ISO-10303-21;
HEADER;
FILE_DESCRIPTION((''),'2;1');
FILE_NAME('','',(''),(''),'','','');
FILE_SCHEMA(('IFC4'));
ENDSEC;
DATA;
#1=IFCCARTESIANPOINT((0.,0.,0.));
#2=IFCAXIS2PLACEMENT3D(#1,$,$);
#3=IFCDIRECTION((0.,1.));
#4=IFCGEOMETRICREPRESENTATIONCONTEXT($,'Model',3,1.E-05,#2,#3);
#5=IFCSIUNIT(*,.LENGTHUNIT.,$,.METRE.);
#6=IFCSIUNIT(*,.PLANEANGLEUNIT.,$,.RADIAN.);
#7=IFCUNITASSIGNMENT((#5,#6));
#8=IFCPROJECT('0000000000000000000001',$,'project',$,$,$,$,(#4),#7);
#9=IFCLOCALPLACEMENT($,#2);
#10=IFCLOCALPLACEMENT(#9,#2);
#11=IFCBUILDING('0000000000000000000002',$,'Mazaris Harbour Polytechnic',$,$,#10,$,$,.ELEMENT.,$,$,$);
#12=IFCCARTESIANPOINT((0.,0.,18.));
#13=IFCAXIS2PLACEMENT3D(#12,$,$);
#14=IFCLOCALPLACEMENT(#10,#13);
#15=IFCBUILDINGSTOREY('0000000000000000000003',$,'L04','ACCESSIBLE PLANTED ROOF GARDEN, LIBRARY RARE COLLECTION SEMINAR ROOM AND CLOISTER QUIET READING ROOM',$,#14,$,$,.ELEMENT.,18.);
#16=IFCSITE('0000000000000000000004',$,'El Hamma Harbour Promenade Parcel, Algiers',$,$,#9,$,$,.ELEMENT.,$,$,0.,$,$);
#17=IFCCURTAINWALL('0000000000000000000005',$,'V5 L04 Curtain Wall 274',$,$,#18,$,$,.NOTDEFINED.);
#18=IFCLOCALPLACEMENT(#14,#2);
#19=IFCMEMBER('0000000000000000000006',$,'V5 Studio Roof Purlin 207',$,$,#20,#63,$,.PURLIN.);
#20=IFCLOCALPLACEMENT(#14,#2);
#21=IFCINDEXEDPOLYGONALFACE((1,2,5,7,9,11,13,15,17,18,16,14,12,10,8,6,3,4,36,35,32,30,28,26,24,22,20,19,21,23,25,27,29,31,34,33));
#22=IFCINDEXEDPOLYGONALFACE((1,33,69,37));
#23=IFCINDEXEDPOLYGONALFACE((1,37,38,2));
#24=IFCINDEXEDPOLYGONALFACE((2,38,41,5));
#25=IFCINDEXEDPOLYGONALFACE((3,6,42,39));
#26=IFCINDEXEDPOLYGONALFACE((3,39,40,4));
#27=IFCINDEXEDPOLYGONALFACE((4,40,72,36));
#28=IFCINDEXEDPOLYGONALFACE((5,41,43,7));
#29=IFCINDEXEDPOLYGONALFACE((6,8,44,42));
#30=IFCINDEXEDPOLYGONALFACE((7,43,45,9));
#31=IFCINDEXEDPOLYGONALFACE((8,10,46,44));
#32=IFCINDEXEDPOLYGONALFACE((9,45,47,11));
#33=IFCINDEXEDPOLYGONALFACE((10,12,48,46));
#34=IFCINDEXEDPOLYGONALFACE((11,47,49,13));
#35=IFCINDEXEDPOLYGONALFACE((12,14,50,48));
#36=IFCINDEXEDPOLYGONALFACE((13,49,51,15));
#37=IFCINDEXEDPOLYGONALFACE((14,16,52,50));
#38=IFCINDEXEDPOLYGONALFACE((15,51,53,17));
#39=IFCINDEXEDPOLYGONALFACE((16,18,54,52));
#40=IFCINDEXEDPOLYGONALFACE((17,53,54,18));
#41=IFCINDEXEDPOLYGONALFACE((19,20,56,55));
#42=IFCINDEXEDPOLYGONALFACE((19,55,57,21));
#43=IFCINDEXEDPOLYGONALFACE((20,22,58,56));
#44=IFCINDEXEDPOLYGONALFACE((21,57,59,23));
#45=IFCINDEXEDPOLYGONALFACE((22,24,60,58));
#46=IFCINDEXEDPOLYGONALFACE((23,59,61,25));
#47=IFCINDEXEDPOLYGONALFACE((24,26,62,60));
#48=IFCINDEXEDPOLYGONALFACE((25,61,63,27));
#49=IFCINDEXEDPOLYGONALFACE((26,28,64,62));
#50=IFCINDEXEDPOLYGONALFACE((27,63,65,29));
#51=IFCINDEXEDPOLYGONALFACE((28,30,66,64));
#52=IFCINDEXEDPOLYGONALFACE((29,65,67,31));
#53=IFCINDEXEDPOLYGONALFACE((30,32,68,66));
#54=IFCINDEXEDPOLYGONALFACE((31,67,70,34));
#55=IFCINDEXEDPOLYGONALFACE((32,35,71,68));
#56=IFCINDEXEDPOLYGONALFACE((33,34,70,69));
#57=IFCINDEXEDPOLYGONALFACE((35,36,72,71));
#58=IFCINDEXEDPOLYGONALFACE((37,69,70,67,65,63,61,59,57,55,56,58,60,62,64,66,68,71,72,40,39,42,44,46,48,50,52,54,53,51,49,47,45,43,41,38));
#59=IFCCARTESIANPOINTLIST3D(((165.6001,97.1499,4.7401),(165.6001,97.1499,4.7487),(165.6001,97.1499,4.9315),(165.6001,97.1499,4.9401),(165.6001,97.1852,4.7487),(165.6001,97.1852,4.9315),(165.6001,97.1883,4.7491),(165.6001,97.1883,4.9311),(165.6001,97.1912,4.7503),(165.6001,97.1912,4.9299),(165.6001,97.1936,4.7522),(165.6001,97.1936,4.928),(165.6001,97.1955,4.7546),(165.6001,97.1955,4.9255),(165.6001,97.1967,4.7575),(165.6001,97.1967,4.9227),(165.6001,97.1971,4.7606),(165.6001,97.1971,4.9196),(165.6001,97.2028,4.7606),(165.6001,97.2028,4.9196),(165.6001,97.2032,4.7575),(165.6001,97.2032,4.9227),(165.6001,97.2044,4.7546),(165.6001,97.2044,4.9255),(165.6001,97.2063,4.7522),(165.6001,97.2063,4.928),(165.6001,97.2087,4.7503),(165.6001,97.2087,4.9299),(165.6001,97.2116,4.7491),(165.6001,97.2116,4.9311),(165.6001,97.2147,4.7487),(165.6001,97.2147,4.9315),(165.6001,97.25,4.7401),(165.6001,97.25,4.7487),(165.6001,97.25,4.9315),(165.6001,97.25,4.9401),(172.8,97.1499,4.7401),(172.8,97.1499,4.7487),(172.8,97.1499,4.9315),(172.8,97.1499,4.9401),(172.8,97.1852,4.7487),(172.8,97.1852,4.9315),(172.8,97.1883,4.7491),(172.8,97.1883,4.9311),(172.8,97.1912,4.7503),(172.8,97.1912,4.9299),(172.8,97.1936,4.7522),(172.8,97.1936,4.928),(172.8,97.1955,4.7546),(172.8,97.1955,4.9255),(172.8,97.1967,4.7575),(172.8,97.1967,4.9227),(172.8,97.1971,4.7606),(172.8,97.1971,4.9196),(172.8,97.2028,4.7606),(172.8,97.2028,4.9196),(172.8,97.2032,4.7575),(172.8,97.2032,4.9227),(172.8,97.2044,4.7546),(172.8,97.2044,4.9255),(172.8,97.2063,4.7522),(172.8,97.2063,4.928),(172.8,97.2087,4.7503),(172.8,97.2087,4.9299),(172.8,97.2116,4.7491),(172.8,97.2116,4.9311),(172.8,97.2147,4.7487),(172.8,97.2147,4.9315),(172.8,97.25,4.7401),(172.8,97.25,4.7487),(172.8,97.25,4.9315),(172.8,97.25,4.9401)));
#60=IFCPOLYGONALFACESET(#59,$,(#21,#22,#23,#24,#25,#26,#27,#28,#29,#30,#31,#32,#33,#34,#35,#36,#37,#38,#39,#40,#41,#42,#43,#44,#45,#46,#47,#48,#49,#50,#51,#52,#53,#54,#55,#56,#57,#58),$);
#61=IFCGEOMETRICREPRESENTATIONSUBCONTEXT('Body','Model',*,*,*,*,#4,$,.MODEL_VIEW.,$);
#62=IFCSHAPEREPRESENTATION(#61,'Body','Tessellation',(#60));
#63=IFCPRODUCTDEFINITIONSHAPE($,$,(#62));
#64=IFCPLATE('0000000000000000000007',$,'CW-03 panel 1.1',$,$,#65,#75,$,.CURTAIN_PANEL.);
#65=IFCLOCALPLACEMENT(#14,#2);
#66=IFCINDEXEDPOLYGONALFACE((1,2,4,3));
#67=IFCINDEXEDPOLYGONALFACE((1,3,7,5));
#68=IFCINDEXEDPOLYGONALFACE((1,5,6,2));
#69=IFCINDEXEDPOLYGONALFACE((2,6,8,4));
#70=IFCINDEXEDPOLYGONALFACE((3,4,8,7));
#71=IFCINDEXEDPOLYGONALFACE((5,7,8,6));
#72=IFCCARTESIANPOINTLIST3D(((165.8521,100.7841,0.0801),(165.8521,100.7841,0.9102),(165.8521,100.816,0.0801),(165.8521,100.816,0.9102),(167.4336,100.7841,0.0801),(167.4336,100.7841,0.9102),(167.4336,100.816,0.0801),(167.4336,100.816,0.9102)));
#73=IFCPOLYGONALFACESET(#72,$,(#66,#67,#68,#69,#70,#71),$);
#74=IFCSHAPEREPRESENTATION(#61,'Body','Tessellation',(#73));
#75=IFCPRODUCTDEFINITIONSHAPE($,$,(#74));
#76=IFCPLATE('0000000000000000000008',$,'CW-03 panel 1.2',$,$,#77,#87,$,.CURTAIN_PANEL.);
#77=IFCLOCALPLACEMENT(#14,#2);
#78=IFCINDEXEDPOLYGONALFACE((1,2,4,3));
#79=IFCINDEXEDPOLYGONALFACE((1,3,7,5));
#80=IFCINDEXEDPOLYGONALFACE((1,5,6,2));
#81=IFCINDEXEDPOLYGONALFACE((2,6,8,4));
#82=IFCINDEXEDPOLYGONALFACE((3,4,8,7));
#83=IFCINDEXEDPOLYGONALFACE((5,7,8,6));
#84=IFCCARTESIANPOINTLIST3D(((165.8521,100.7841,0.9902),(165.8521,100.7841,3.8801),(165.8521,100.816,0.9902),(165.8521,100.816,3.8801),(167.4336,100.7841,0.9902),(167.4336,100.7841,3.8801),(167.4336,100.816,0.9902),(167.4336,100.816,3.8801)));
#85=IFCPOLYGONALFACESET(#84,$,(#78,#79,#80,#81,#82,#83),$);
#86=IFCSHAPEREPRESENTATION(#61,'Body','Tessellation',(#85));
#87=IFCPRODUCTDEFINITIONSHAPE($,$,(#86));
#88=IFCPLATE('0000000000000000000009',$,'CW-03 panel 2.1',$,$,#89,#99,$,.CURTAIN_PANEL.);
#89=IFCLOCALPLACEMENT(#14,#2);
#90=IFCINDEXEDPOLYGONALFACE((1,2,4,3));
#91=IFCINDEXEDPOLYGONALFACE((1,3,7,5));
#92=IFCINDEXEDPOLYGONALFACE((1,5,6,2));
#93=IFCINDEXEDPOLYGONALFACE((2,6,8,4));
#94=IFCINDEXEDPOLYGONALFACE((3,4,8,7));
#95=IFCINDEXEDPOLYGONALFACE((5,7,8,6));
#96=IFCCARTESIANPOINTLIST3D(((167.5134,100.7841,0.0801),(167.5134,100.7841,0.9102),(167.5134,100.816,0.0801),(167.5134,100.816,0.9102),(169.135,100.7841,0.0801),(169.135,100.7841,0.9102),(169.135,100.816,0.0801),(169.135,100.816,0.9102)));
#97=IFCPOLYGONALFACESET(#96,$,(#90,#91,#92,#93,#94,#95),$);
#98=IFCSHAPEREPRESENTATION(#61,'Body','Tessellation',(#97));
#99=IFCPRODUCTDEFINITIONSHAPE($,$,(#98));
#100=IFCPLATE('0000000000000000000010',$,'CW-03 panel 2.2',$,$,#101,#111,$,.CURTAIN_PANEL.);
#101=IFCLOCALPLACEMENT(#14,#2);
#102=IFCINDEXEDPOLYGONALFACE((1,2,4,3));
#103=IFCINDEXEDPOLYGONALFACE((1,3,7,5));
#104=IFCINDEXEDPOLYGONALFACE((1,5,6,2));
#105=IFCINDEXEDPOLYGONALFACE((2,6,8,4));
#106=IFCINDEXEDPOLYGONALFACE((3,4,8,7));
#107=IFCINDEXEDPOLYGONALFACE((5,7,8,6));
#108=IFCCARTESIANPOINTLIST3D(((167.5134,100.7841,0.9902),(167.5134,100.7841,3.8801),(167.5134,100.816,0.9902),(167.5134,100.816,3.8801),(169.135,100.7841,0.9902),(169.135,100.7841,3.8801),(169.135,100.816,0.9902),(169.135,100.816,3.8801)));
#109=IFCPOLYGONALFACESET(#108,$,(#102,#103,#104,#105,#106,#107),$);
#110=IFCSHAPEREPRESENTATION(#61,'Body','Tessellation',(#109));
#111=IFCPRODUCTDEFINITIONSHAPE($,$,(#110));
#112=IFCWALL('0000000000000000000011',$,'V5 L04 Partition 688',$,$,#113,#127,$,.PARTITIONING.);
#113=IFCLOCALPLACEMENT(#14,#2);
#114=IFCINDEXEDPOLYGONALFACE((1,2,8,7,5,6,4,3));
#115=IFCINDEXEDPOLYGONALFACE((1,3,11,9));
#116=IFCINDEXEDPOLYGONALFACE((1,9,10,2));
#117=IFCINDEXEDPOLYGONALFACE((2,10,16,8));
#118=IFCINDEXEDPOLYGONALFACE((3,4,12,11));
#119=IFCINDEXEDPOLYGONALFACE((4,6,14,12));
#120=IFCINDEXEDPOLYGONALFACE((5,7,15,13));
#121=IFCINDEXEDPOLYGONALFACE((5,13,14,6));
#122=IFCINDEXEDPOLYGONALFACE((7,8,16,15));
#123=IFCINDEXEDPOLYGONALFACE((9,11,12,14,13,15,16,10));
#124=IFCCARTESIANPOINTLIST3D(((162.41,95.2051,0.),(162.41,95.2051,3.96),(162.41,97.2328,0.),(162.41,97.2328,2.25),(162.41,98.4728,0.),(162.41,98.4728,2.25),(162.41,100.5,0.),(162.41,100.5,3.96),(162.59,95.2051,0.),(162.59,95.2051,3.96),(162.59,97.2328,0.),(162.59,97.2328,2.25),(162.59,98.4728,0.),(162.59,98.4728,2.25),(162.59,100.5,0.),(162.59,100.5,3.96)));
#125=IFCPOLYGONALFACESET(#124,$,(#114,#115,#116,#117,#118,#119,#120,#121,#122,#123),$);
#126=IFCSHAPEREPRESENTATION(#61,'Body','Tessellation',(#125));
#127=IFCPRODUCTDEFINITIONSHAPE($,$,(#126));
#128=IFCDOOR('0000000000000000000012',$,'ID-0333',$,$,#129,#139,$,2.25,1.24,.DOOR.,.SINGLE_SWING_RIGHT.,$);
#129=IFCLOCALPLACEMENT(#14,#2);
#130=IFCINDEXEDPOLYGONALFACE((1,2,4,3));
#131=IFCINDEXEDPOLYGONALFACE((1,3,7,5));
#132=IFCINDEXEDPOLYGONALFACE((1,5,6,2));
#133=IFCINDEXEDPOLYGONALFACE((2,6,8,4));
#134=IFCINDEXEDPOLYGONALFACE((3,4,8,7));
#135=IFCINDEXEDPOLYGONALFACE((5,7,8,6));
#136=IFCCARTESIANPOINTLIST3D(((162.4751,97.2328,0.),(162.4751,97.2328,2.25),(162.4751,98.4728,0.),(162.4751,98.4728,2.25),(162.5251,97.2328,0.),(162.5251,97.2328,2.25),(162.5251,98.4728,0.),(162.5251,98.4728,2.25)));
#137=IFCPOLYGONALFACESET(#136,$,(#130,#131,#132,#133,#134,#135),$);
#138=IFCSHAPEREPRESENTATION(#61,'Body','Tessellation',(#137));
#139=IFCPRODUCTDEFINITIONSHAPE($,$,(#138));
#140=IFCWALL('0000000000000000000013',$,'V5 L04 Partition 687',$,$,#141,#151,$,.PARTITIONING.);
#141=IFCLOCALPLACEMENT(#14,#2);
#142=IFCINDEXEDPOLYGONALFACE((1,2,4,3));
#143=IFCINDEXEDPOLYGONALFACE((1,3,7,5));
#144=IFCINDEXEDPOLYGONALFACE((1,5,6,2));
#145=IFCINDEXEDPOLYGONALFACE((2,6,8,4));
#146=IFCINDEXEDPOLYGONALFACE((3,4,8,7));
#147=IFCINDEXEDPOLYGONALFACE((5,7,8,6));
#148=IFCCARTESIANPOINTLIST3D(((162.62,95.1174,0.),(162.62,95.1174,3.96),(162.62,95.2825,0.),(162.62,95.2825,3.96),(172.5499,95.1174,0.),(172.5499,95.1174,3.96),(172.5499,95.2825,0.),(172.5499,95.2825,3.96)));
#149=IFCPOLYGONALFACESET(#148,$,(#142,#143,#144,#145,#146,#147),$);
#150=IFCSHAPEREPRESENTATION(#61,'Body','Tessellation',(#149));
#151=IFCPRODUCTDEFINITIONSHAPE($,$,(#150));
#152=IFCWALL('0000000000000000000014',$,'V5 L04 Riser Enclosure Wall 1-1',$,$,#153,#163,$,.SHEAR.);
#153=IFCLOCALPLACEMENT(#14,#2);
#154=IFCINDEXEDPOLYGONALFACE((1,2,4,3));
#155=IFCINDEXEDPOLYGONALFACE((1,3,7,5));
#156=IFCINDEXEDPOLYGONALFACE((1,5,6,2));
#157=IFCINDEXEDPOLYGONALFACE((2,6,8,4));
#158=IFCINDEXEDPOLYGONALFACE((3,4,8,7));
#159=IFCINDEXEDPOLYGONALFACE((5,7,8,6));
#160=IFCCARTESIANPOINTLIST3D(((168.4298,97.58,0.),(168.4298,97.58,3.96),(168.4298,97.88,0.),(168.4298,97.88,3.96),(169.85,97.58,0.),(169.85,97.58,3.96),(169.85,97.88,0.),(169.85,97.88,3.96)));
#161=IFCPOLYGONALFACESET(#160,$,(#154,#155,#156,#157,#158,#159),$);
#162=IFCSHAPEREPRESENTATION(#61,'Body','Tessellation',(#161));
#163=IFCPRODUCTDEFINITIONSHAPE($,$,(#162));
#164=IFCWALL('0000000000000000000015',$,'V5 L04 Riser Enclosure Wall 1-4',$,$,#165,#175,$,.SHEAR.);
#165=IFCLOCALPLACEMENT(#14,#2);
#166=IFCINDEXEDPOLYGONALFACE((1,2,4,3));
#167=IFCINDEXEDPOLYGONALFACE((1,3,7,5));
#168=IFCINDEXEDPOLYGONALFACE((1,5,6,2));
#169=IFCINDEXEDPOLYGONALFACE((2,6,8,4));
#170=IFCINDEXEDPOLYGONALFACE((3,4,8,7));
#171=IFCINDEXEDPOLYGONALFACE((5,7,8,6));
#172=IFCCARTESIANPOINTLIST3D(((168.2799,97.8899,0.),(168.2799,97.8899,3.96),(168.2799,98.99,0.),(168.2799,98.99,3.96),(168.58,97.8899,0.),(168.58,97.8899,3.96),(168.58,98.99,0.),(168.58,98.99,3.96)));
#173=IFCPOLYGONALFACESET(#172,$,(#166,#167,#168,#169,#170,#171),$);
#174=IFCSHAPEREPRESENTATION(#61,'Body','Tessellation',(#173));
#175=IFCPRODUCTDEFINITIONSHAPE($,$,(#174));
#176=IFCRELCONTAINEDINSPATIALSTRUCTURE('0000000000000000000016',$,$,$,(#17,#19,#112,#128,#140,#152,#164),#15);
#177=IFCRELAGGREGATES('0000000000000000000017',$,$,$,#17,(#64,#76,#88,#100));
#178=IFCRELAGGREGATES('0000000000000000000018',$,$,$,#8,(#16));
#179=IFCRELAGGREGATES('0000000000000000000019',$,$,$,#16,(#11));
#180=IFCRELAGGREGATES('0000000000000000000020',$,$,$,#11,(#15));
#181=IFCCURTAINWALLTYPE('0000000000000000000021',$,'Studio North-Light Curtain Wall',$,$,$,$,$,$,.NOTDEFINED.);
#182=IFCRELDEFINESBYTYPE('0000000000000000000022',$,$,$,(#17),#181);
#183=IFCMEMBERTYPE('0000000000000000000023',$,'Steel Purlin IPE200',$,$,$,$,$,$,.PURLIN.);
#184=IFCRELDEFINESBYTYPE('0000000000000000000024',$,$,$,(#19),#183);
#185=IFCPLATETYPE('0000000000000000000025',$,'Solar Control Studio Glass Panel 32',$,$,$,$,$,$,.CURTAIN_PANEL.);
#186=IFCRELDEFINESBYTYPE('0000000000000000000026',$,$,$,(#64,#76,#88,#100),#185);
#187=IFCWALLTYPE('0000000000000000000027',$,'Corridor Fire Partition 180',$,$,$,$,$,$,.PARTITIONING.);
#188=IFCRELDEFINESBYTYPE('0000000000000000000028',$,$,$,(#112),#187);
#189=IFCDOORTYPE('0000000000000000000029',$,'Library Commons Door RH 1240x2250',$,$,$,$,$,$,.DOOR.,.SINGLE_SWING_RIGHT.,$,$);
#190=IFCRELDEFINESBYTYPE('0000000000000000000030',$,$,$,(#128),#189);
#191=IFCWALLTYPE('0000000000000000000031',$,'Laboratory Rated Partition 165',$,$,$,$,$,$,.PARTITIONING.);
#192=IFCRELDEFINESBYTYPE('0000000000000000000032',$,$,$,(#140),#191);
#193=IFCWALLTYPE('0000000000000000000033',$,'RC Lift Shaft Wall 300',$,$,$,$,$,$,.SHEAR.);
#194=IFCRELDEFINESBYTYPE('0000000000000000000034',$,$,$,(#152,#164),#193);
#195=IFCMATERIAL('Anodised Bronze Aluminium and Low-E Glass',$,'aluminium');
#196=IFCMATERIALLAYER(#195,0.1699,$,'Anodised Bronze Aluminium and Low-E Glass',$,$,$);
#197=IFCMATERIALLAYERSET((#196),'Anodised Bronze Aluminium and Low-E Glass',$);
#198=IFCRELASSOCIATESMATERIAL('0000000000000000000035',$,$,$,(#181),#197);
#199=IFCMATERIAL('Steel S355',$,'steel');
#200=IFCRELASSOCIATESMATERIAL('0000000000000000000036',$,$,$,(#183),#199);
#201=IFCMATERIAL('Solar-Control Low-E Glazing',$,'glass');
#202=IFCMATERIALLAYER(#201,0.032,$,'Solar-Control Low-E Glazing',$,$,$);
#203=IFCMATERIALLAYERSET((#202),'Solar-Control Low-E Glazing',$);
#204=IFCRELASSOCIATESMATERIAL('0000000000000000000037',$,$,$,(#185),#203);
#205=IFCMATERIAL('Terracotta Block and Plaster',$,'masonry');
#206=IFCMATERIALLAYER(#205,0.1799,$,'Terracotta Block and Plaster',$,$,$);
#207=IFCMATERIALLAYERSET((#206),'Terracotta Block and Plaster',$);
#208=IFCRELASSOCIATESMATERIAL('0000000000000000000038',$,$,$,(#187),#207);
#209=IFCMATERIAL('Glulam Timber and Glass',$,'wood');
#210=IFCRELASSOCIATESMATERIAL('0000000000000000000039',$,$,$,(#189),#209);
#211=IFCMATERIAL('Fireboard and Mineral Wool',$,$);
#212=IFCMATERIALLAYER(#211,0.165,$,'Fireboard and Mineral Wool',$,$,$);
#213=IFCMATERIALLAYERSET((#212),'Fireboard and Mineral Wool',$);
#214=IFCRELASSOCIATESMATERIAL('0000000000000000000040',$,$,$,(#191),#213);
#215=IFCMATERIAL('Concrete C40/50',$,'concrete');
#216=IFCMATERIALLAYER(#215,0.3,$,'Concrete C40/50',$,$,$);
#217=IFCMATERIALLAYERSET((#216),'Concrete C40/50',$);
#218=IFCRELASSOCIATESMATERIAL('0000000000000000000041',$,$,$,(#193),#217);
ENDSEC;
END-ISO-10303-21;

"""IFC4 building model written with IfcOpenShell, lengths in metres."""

from ifc_helpers import new_model, si_unit, direction, frame, frame_2d, origin, origin_2d, place, context, subcontext, project, spatial, rectangle, i_section, extrude, material, layer, layer_set, material_profile, profile_set, type_object, element, fill, aggregate, save


model = new_model("IFC4")

# Units and contexts
model_context = context("Model", 3, precision=1e-05, world=origin(), true_north=direction((0.0, 1.0)))
body_context = subcontext(model_context, "Body", "Model", "MODEL_VIEW")
ifc_project = project(units=[si_unit("LENGTHUNIT", "METRE"), si_unit("PLANEANGLEUNIT", "RADIAN")], contexts=[model_context])

# Site, building, storey
site_placement = place(None, origin())
site = spatial("IfcSite", under=ifc_project, at=site_placement, Name="El Hamma Harbour Promenade Parcel, Algiers", CompositionType="ELEMENT", RefElevation=0.0)
building_placement = place(site_placement, origin())
building = spatial("IfcBuilding", under=site, at=building_placement, Name="Mazaris Harbour Polytechnic", CompositionType="ELEMENT")
storey_placement = place(building_placement, frame((0.0, 0.0, 18.0)))
storey = spatial("IfcBuildingStorey", under=building, at=storey_placement, Name="L04", Description="ACCESSIBLE PLANTED ROOF GARDEN, LIBRARY RARE COLLECTION SEMINAR ROOM AND CLOISTER QUIET READING ROOM", CompositionType="ELEMENT", Elevation=18.0)

# Curtain wall
ifc_material_1 = material(Name="Anodised Bronze Aluminium and Low-E Glass", Category="aluminium")
ifc_layer_1 = layer(ifc_material_1, 0.1699, Name="Anodised Bronze Aluminium and Low-E Glass")
ifc_layer_set_1 = layer_set([ifc_layer_1], Name="Anodised Bronze Aluminium and Low-E Glass")
curtain_wall_type = type_object("IfcCurtainWallType", Name="Studio North-Light Curtain Wall", PredefinedType="NOTDEFINED", material=ifc_layer_set_1)
curtain_wall_placement = place(storey_placement, origin())
curtain_wall = element("IfcCurtainWall", 1, at=curtain_wall_placement, inside=storey, type_object=curtain_wall_type, Name="V5 L04 Curtain Wall 274", PredefinedType="NOTDEFINED")

# Member
ifc_material_2 = material(Name="Steel S355", Category="steel")
ifc_material_profile_1 = material_profile(ifc_material_2, i_section(OverallWidth=0.1001, OverallDepth=0.2, WebThickness=0.0056, FlangeThickness=0.0085, FilletRadius=0.012, at=origin_2d()), Name="IPE 200")
ifc_profile_set_1 = profile_set([ifc_material_profile_1], Name="Steel S355")
member_type_1 = type_object("IfcMemberType", Name="Steel Purlin IPE200", PredefinedType="PURLIN", material=ifc_profile_set_1)
member_1_placement = place(storey_placement, frame((165.6001, 97.2, 4.8401), z_axis=(1.0, 0.0, 0.0), x_axis=(0.0, 1.0, 0.0)))
element("IfcMember", 2, at=member_1_placement, inside=storey, type_object=member_type_1, Name="V5 Studio Roof Purlin 207", PredefinedType="PURLIN", context=body_context, shape_type="SweptSolid", body=[
    extrude(i_section(OverallWidth=0.1001, OverallDepth=0.2, WebThickness=0.0056, FlangeThickness=0.0085, FilletRadius=0.012, at=origin_2d()), origin(), (0.0, 0.0, 1.0), 7.2),
])

# Plates
ifc_material_3 = material(Name="Solar-Control Low-E Glazing", Category="glass")
ifc_layer_2 = layer(ifc_material_3, 0.032, Name="Solar-Control Low-E Glazing")
ifc_layer_set_2 = layer_set([ifc_layer_2], Name="Solar-Control Low-E Glazing")
plate_type = type_object("IfcPlateType", Name="Solar Control Studio Glass Panel 32", PredefinedType="CURTAIN_PANEL", material=ifc_layer_set_2)
plate_1_placement = place(storey_placement, frame((166.6428, 100.8, 0.0801), z_axis=(0.0, 0.0, 1.0), x_axis=(1.0, 0.0, 0.0)))
plate_1 = element("IfcPlate", 3, at=plate_1_placement, type_object=plate_type, Name="CW-03 panel 1.1", PredefinedType="CURTAIN_PANEL", context=body_context, shape_type="SweptSolid", body=[
    extrude(rectangle(XDim=1.5815, YDim=0.032, at=origin_2d()), origin(), (0.0, 0.0, 1.0), 0.8301),
])
plate_2_placement = place(storey_placement, frame((166.6428, 100.8, 0.9902), z_axis=(0.0, 0.0, 1.0), x_axis=(1.0, 0.0, 0.0)))
plate_2 = element("IfcPlate", 4, at=plate_2_placement, type_object=plate_type, Name="CW-03 panel 1.2", PredefinedType="CURTAIN_PANEL", context=body_context, shape_type="SweptSolid", body=[
    extrude(rectangle(XDim=1.5815, YDim=0.032, at=origin_2d()), origin(), (0.0, 0.0, 1.0), 2.8899),
])
plate_3_placement = place(storey_placement, frame((168.3242, 100.8, 0.0801), z_axis=(0.0, 0.0, 1.0), x_axis=(1.0, 0.0, 0.0)))
plate_3 = element("IfcPlate", 5, at=plate_3_placement, type_object=plate_type, Name="CW-03 panel 2.1", PredefinedType="CURTAIN_PANEL", context=body_context, shape_type="SweptSolid", body=[
    extrude(rectangle(XDim=1.6216, YDim=0.032, at=origin_2d()), origin(), (0.0, 0.0, 1.0), 0.8301),
])
plate_4_placement = place(storey_placement, frame((168.3242, 100.8, 0.9902), z_axis=(0.0, 0.0, 1.0), x_axis=(1.0, 0.0, 0.0)))
plate_4 = element("IfcPlate", 6, at=plate_4_placement, type_object=plate_type, Name="CW-03 panel 2.2", PredefinedType="CURTAIN_PANEL", context=body_context, shape_type="SweptSolid", body=[
    extrude(rectangle(XDim=1.6216, YDim=0.032, at=origin_2d()), origin(), (0.0, 0.0, 1.0), 2.8899),
])
aggregate(curtain_wall, [plate_1, plate_2, plate_3, plate_4])

# Wall, opening, door
ifc_material_4 = material(Name="Terracotta Block and Plaster", Category="masonry")
ifc_layer_3 = layer(ifc_material_4, 0.1799, Name="Terracotta Block and Plaster")
ifc_layer_set_3 = layer_set([ifc_layer_3], Name="Terracotta Block and Plaster")
wall_type_1 = type_object("IfcWallType", Name="Corridor Fire Partition 180", PredefinedType="PARTITIONING", material=ifc_layer_set_3)
wall_1_placement = place(storey_placement, frame((162.5, 95.2051, 0.0), z_axis=(0.0, 0.0, 1.0), x_axis=(0.0, 1.0, 0.0)))
wall_1 = element("IfcWall", 7, at=wall_1_placement, inside=storey, type_object=wall_type_1, Name="V5 L04 Partition 688", PredefinedType="PARTITIONING", context=body_context, shape_type="SweptSolid", body=[
    extrude(rectangle(XDim=5.2949, YDim=0.1799, at=frame_2d((2.6475, 0.0))), origin(), (0.0, 0.0, 1.0), 3.96),
])
opening_placement = place(wall_1_placement, frame((2.0276, 0.0, 0.0)))
opening = element("IfcOpeningElement", 8, at=opening_placement, cuts=wall_1, PredefinedType="OPENING", context=body_context, shape_type="SweptSolid", body=[
    extrude(rectangle(XDim=1.24, YDim=2.25, at=frame_2d((0.6201, 1.125))), frame((0.0, 0.0999, 0.0), z_axis=(0.0, -1.0, 0.0), x_axis=(1.0, 0.0, 0.0)), (0.0, 0.0, 1.0), 0.2),
])
ifc_material_5 = material(Name="Glulam Timber and Glass", Category="wood")
door_type = type_object("IfcDoorType", Name="Library Commons Door RH 1240x2250", OperationType="SINGLE_SWING_RIGHT", PredefinedType="DOOR", material=ifc_material_5)
door_placement = place(opening_placement, origin())
door = element("IfcDoor", 9, at=door_placement, inside=storey, type_object=door_type, Name="ID-0333", OperationType="SINGLE_SWING_RIGHT", OverallHeight=2.25, OverallWidth=1.24, PredefinedType="DOOR", context=body_context, shape_type="SweptSolid", body=[
    extrude(rectangle(XDim=1.24, YDim=2.25, at=frame_2d((0.6201, 1.125))), frame((0.0, 0.0249, 0.0), z_axis=(0.0, -1.0, 0.0), x_axis=(1.0, 0.0, 0.0)), (0.0, 0.0, 1.0), 0.05),
])
fill(opening, door)

# Walls
ifc_material_6 = material(Name="Fireboard and Mineral Wool")
ifc_layer_4 = layer(ifc_material_6, 0.165, Name="Fireboard and Mineral Wool")
ifc_layer_set_4 = layer_set([ifc_layer_4], Name="Fireboard and Mineral Wool")
wall_type_2 = type_object("IfcWallType", Name="Laboratory Rated Partition 165", PredefinedType="PARTITIONING", material=ifc_layer_set_4)
wall_2_placement = place(storey_placement, frame((162.6201, 95.2, 0.0), z_axis=(0.0, 0.0, 1.0), x_axis=(1.0, 0.0, 0.0)))
element("IfcWall", 10, at=wall_2_placement, inside=storey, type_object=wall_type_2, Name="V5 L04 Partition 687", PredefinedType="PARTITIONING", context=body_context, shape_type="SweptSolid", body=[
    extrude(rectangle(XDim=9.9299, YDim=0.165, at=frame_2d((4.9648, 0.0))), origin(), (0.0, 0.0, 1.0), 3.96),
])
ifc_material_7 = material(Name="Concrete C40/50", Category="concrete")
ifc_layer_5 = layer(ifc_material_7, 0.3, Name="Concrete C40/50")
ifc_layer_set_5 = layer_set([ifc_layer_5], Name="Concrete C40/50")
wall_type_3 = type_object("IfcWallType", Name="RC Lift Shaft Wall 300", PredefinedType="SHEAR", material=ifc_layer_set_5)
wall_3_placement = place(storey_placement, frame((168.4299, 97.73, 0.0), z_axis=(0.0, 0.0, 1.0), x_axis=(1.0, 0.0, 0.0)))
element("IfcWall", 11, at=wall_3_placement, inside=storey, type_object=wall_type_3, Name="V5 L04 Riser Enclosure Wall 1-1", PredefinedType="SHEAR", context=body_context, shape_type="SweptSolid", body=[
    extrude(rectangle(XDim=1.4202, YDim=0.3, at=frame_2d((0.71, 0.0))), origin(), (0.0, 0.0, 1.0), 3.96),
])
wall_4_placement = place(storey_placement, frame((168.4299, 98.99, 0.0), z_axis=(0.0, 0.0, 1.0), x_axis=(0.0, -1.0, 0.0)))
element("IfcWall", 12, at=wall_4_placement, inside=storey, type_object=wall_type_3, Name="V5 L04 Riser Enclosure Wall 1-4", PredefinedType="SHEAR", context=body_context, shape_type="SweptSolid", body=[
    extrude(rectangle(XDim=1.1001, YDim=0.3, at=frame_2d((0.55, 0.0))), origin(), (0.0, 0.0, 1.0), 3.96),
])

save(model, "model.ifc")
